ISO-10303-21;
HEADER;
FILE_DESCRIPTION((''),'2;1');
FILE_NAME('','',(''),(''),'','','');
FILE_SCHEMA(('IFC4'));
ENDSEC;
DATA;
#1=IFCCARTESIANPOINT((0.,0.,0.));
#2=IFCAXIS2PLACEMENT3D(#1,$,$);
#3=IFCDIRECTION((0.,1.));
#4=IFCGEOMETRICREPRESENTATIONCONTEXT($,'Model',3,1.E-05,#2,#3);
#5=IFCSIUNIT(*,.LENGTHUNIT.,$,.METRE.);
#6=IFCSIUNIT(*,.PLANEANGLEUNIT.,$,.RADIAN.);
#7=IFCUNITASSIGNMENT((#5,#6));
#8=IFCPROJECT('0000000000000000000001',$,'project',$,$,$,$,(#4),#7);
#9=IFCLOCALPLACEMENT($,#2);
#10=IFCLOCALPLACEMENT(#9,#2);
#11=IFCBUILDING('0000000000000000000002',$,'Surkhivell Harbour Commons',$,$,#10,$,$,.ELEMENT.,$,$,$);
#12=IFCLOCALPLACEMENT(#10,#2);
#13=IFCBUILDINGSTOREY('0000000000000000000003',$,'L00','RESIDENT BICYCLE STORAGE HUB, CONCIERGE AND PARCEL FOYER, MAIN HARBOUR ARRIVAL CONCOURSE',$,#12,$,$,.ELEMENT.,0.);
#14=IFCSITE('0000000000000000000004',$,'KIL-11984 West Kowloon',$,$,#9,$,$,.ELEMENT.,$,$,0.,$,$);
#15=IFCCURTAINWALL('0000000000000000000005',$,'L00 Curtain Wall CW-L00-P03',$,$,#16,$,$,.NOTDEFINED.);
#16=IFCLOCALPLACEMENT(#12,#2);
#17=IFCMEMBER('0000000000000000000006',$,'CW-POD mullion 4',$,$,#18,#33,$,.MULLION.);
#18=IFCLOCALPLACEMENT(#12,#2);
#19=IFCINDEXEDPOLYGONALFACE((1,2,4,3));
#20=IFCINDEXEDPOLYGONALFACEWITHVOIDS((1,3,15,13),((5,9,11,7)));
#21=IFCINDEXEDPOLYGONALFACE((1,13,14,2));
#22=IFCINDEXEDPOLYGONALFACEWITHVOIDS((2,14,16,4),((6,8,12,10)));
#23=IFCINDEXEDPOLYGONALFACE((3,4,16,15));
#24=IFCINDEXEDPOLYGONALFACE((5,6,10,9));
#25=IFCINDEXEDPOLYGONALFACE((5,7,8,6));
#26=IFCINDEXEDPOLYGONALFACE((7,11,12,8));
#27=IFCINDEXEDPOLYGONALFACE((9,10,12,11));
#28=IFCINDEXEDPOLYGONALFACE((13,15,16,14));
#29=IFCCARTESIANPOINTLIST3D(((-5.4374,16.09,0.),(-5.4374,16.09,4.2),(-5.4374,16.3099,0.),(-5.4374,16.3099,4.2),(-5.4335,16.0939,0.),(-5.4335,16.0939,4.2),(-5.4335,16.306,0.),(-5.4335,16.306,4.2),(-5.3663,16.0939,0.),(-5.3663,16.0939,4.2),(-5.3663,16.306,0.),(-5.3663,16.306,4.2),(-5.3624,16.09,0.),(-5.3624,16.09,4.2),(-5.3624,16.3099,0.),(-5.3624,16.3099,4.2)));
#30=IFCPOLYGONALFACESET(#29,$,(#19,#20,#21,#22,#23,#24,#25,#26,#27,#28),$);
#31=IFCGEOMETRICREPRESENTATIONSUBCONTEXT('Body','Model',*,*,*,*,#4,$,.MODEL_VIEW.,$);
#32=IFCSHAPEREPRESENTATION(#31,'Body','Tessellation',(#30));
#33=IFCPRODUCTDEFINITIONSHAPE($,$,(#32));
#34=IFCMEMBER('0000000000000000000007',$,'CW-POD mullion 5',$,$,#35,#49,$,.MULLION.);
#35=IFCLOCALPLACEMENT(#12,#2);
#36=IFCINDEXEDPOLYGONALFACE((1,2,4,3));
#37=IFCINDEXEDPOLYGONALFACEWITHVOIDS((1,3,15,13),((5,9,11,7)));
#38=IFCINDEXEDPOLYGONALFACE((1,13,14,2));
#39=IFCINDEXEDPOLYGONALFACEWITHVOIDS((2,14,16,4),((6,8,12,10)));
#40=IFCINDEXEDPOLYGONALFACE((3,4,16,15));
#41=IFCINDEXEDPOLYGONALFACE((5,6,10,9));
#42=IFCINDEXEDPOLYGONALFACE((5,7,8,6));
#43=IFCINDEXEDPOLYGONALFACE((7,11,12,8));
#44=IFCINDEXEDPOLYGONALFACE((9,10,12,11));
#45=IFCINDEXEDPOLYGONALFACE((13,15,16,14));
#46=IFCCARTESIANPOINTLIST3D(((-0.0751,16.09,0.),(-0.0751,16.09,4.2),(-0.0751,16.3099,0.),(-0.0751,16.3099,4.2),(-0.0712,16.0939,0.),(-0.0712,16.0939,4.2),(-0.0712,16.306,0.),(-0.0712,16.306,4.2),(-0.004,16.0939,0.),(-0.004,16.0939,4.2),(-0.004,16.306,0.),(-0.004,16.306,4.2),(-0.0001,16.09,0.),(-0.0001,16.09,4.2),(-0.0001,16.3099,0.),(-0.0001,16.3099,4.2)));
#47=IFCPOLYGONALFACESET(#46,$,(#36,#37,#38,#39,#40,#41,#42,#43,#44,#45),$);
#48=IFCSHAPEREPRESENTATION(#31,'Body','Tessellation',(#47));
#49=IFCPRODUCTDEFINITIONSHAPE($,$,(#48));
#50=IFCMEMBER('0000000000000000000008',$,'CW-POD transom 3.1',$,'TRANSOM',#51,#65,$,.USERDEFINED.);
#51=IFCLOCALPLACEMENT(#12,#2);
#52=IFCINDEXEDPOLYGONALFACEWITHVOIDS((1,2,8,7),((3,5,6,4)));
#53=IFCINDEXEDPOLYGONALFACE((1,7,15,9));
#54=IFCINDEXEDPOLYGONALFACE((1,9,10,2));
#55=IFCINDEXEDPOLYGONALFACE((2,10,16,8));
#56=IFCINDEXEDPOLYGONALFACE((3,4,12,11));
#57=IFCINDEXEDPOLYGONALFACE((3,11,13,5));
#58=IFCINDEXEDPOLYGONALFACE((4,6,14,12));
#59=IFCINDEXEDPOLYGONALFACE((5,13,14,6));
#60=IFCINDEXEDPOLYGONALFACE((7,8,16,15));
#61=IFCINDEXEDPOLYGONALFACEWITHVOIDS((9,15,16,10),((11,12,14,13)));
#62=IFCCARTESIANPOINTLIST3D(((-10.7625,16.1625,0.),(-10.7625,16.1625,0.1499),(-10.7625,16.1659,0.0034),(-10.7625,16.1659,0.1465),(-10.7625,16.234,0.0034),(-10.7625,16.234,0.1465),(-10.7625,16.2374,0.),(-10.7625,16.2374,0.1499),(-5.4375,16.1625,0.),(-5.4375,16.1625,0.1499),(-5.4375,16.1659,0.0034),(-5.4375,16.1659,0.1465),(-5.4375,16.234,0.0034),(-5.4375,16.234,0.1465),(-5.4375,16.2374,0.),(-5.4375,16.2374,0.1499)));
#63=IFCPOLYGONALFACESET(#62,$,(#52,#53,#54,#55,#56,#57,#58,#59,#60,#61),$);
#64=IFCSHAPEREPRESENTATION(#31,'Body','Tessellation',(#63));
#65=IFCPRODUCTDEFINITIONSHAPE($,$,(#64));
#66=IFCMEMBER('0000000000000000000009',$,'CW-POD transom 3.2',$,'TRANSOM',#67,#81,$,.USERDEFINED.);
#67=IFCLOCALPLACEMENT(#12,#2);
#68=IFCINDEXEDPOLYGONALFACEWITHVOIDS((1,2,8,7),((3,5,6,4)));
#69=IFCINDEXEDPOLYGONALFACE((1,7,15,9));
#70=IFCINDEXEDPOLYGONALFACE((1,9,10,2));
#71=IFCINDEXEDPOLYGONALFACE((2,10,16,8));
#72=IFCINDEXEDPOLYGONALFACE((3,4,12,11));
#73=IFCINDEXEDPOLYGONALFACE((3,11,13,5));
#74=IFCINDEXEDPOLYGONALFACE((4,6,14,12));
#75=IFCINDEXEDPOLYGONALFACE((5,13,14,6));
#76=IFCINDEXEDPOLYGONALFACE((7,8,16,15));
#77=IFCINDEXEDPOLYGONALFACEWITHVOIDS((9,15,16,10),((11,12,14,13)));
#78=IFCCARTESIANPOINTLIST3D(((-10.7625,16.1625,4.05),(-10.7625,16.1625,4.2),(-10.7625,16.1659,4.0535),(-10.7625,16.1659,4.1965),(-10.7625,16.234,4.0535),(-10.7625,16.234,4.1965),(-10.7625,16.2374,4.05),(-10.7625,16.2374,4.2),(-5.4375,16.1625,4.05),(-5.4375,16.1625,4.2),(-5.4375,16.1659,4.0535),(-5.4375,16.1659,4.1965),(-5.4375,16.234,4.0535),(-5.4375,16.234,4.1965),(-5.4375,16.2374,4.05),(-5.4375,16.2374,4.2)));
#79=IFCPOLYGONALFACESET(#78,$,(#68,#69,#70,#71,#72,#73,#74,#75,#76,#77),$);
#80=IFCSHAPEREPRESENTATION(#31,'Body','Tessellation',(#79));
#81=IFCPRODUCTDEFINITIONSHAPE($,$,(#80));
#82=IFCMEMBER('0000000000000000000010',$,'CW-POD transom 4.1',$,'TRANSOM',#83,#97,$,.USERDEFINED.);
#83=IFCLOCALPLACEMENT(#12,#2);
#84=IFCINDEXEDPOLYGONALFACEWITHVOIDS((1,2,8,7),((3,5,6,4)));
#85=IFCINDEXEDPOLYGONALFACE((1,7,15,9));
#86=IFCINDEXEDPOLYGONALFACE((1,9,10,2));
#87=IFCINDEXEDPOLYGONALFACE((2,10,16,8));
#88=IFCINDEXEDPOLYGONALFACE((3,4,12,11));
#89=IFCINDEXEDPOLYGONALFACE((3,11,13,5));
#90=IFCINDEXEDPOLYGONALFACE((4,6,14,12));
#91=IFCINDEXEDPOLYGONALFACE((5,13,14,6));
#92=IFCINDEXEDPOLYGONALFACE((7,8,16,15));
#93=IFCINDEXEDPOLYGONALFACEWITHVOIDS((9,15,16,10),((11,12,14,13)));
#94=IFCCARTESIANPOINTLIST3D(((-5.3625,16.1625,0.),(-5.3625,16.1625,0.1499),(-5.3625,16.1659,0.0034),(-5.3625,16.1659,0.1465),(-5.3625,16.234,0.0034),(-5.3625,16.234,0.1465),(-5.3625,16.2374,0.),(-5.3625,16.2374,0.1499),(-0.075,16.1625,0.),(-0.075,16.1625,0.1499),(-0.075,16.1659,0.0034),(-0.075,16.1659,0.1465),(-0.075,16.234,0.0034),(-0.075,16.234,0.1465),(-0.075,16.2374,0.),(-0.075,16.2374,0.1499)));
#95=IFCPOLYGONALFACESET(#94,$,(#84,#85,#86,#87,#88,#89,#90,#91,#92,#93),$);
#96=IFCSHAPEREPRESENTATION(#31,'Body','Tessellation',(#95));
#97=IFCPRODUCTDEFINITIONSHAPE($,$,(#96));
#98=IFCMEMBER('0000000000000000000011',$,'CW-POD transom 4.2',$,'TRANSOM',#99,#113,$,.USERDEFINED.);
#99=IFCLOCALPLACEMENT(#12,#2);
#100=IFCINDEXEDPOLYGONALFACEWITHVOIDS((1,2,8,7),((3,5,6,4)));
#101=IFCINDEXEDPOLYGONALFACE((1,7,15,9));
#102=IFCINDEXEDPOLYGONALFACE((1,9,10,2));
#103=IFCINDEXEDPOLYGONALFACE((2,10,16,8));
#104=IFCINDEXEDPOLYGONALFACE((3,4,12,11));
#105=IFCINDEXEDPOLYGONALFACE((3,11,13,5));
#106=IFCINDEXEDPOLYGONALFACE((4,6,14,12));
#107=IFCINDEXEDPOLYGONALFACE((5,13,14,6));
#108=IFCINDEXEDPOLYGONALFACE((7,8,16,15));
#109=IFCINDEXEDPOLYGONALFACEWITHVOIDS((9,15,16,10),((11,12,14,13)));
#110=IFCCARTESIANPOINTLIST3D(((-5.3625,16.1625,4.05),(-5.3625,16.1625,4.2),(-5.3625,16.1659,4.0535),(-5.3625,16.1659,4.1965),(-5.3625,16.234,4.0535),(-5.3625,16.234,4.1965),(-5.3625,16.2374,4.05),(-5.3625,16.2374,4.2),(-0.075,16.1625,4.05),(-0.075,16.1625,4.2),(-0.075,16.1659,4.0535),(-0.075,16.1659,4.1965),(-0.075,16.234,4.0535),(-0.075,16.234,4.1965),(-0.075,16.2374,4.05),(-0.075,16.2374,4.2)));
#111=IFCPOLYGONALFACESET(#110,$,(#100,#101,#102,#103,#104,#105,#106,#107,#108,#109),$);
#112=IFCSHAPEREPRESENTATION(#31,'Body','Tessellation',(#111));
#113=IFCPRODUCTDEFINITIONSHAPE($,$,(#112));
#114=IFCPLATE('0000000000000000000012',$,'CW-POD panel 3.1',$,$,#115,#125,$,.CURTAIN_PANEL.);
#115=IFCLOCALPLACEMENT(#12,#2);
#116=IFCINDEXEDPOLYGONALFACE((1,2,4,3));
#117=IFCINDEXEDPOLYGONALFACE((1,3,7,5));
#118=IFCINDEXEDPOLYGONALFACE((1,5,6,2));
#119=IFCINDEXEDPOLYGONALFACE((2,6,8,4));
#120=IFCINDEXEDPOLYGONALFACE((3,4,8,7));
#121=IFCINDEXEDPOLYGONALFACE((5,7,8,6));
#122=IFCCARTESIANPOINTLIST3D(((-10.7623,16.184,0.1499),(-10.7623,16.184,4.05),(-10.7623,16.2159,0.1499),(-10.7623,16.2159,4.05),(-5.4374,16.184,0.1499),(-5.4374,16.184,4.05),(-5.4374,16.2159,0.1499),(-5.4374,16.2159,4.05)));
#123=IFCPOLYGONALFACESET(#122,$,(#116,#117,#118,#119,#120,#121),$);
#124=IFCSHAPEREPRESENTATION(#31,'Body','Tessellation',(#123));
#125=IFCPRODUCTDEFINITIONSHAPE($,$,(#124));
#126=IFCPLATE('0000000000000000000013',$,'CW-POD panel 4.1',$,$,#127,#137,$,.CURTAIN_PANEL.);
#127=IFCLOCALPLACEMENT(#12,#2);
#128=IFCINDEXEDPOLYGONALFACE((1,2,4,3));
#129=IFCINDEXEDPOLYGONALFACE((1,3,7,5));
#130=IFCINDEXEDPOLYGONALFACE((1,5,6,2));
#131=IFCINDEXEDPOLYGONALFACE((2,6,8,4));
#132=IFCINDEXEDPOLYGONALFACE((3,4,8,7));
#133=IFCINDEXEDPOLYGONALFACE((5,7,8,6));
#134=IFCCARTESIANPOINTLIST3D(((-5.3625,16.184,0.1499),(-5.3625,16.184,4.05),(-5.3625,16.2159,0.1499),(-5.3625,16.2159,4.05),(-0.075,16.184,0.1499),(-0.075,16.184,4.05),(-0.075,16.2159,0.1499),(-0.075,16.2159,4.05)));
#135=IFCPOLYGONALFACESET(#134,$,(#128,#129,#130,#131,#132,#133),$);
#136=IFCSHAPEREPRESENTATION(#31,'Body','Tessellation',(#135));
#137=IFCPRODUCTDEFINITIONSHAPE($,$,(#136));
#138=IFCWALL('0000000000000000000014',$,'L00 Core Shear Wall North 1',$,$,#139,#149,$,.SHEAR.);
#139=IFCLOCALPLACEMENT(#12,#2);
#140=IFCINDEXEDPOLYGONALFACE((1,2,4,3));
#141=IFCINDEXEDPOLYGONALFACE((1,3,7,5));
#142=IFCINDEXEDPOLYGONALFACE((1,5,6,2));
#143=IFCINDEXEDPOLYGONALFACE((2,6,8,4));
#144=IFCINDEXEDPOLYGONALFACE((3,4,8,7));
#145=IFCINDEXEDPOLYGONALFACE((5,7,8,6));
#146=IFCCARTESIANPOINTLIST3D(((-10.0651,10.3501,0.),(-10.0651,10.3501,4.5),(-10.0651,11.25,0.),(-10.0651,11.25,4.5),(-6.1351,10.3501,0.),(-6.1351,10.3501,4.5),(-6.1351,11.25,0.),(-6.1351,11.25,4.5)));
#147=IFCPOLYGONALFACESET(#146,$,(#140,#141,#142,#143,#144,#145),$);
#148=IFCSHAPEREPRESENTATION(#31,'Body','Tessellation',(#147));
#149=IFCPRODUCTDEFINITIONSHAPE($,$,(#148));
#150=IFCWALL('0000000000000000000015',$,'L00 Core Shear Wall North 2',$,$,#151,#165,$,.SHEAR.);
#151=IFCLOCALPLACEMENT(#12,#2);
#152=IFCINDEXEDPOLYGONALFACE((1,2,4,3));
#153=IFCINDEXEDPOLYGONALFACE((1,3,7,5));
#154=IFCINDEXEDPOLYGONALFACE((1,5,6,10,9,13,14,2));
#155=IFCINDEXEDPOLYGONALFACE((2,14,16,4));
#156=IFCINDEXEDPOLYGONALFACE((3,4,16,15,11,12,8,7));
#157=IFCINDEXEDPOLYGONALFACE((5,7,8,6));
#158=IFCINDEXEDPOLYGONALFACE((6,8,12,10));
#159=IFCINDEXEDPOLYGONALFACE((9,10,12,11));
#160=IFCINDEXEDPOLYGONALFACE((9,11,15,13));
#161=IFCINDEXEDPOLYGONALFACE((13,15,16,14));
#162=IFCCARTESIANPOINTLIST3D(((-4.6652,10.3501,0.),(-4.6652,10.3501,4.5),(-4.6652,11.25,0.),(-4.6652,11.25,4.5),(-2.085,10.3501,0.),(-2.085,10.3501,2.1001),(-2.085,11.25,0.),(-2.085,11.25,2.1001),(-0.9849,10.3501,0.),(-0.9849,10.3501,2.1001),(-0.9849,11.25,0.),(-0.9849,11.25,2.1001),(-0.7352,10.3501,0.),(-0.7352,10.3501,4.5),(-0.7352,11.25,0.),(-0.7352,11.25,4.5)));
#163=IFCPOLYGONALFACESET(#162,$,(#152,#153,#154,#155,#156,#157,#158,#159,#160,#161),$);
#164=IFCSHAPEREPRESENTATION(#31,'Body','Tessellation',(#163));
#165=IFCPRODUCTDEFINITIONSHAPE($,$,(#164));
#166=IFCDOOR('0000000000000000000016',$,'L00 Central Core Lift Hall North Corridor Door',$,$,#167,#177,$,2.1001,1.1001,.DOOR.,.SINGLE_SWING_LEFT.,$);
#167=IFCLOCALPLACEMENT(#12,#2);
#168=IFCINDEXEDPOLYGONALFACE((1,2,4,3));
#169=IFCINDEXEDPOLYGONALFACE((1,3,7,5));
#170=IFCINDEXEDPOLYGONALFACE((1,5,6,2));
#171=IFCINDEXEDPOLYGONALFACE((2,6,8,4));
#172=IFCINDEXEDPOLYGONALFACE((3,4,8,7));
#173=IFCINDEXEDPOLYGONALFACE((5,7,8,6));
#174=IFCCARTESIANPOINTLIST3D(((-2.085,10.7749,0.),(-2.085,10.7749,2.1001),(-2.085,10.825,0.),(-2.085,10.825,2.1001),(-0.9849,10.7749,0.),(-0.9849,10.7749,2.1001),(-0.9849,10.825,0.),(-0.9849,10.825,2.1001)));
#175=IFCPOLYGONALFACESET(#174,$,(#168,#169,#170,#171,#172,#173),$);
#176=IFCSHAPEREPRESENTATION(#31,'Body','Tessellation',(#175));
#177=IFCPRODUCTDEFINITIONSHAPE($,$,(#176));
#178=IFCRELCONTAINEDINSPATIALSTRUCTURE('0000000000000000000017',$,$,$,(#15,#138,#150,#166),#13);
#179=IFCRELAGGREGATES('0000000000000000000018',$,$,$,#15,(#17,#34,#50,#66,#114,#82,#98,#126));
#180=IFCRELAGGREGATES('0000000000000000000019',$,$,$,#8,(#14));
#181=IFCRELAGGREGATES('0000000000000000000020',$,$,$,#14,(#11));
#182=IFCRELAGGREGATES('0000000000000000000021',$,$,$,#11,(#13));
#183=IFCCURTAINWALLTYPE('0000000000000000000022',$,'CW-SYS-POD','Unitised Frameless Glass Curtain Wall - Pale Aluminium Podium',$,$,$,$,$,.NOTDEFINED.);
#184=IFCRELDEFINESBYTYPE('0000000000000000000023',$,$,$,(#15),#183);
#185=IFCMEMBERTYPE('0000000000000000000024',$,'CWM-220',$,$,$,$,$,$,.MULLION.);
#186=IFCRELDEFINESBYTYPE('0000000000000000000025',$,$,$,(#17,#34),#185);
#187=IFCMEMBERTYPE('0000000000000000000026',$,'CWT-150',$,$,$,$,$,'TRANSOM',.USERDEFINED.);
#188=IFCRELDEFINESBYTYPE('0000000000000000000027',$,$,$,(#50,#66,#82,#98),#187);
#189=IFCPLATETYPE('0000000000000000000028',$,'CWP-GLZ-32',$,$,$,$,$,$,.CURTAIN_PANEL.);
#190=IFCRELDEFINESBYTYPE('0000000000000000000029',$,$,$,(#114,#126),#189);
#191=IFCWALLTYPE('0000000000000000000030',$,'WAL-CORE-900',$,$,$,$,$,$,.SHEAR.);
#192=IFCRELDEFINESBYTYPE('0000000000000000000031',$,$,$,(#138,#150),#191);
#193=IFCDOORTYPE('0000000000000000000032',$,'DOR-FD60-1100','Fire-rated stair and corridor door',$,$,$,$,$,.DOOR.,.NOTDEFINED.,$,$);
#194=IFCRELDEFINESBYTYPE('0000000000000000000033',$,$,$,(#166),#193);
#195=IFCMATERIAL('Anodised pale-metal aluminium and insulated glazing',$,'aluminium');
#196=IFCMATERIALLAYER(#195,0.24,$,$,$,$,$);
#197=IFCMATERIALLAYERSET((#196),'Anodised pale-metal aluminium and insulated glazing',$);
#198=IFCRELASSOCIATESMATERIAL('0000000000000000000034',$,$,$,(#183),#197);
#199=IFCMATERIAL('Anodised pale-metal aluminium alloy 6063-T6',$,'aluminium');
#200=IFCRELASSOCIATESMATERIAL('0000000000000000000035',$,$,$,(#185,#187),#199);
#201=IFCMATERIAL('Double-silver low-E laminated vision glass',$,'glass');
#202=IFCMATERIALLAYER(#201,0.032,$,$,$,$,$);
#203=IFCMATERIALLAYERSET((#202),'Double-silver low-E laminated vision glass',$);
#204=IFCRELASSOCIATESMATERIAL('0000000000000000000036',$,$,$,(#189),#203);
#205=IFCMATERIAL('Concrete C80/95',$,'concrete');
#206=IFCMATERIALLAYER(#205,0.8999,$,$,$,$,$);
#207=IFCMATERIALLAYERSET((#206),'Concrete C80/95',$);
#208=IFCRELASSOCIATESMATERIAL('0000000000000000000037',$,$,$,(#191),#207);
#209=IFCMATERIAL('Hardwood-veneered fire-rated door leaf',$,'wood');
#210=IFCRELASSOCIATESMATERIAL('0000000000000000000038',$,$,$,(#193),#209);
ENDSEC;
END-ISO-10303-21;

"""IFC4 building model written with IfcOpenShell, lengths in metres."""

from ifc_helpers import new_model, si_unit, direction, frame, frame_2d, origin, origin_2d, place, context, subcontext, project, spatial, rectangle, hollow_rectangle, extrude, material, layer, layer_set, material_profile, profile_set, type_object, element, fill, aggregate, save


model = new_model("IFC4")

# Units and contexts
model_context = context("Model", 3, precision=1e-05, world=origin(), true_north=direction((0.0, 1.0)))
body_context = subcontext(model_context, "Body", "Model", "MODEL_VIEW")
ifc_project = project(units=[si_unit("LENGTHUNIT", "METRE"), si_unit("PLANEANGLEUNIT", "RADIAN")], contexts=[model_context])

# Site, building, storey
site_placement = place(None, origin())
site = spatial("IfcSite", under=ifc_project, at=site_placement, Name="KIL-11984 West Kowloon", CompositionType="ELEMENT", RefElevation=0.0)
building_placement = place(site_placement, origin())
building = spatial("IfcBuilding", under=site, at=building_placement, Name="Surkhivell Harbour Commons", CompositionType="ELEMENT")
storey_placement = place(building_placement, origin())
storey = spatial("IfcBuildingStorey", under=building, at=storey_placement, Name="L00", Description="RESIDENT BICYCLE STORAGE HUB, CONCIERGE AND PARCEL FOYER, MAIN HARBOUR ARRIVAL CONCOURSE", CompositionType="ELEMENT", Elevation=0.0)

# Shared definitions
ifc_material_1 = material(Name="Concrete C80/95", Category="concrete")

# Curtain wall, members, plates
ifc_material_2 = material(Name="Anodised pale-metal aluminium and insulated glazing", Category="aluminium")
ifc_layer_1 = layer(ifc_material_2, 0.24)
ifc_layer_set_1 = layer_set([ifc_layer_1], Name="Anodised pale-metal aluminium and insulated glazing")
curtain_wall_type = type_object("IfcCurtainWallType", Name="CW-SYS-POD", Description="Unitised Frameless Glass Curtain Wall - Pale Aluminium Podium", PredefinedType="NOTDEFINED", material=ifc_layer_set_1)
curtain_wall_placement = place(storey_placement, origin())
curtain_wall = element("IfcCurtainWall", 1, at=curtain_wall_placement, inside=storey, type_object=curtain_wall_type, Name="L00 Curtain Wall CW-L00-P03", PredefinedType="NOTDEFINED")
ifc_material_3 = material(Name="Anodised pale-metal aluminium alloy 6063-T6", Category="aluminium")
ifc_material_profile_1 = material_profile(ifc_material_3, hollow_rectangle(XDim=0.075, YDim=0.22, WallThickness=0.0039, at=origin_2d()), Name="ALU-MULL-75x220")
ifc_profile_set_1 = profile_set([ifc_material_profile_1], Name="Anodised pale-metal aluminium alloy 6063-T6")
member_type_1 = type_object("IfcMemberType", Name="CWM-220", PredefinedType="MULLION", material=ifc_profile_set_1)
member_1_placement = place(storey_placement, frame((-5.3999, 16.2, 0.0), z_axis=(0.0, 0.0, 1.0), x_axis=(1.0, 0.0, 0.0)))
member_1 = element("IfcMember", 2, at=member_1_placement, type_object=member_type_1, Name="CW-POD mullion 4", PredefinedType="MULLION", context=body_context, shape_type="SweptSolid", body=[
    extrude(hollow_rectangle(XDim=0.075, YDim=0.22, WallThickness=0.0039, at=origin_2d()), origin(), (0.0, 0.0, 1.0), 4.2),
])
member_2_placement = place(storey_placement, frame((-0.0376, 16.2, 0.0), z_axis=(0.0, 0.0, 1.0), x_axis=(1.0, 0.0, 0.0)))
member_2 = element("IfcMember", 3, at=member_2_placement, type_object=member_type_1, Name="CW-POD mullion 5", PredefinedType="MULLION", context=body_context, shape_type="SweptSolid", body=[
    extrude(hollow_rectangle(XDim=0.075, YDim=0.22, WallThickness=0.0039, at=origin_2d()), origin(), (0.0, 0.0, 1.0), 4.2),
])
ifc_material_profile_2 = material_profile(ifc_material_3, hollow_rectangle(XDim=0.075, YDim=0.1499, WallThickness=0.0034, at=origin_2d()), Name="ALU-TRAN-75x150")
ifc_profile_set_2 = profile_set([ifc_material_profile_2], Name="Anodised pale-metal aluminium alloy 6063-T6")
member_type_2 = type_object("IfcMemberType", Name="CWT-150", ElementType="TRANSOM", PredefinedType="USERDEFINED", material=ifc_profile_set_2)
member_3_placement = place(storey_placement, frame((-10.7625, 16.2, 0.075), z_axis=(1.0, 0.0, 0.0), x_axis=(0.0, 1.0, 0.0)))
member_3 = element("IfcMember", 4, at=member_3_placement, type_object=member_type_2, Name="CW-POD transom 3.1", ObjectType="TRANSOM", PredefinedType="USERDEFINED", context=body_context, shape_type="SweptSolid", body=[
    extrude(hollow_rectangle(XDim=0.075, YDim=0.1499, WallThickness=0.0034, at=origin_2d()), origin(), (0.0, 0.0, 1.0), 5.325),
])
member_4_placement = place(storey_placement, frame((-10.7625, 16.2, 4.125), z_axis=(1.0, 0.0, 0.0), x_axis=(0.0, 1.0, 0.0)))
member_4 = element("IfcMember", 5, at=member_4_placement, type_object=member_type_2, Name="CW-POD transom 3.2", ObjectType="TRANSOM", PredefinedType="USERDEFINED", context=body_context, shape_type="SweptSolid", body=[
    extrude(hollow_rectangle(XDim=0.075, YDim=0.1499, WallThickness=0.0034, at=origin_2d()), origin(), (0.0, 0.0, 1.0), 5.325),
])
member_5_placement = place(storey_placement, frame((-5.3625, 16.2, 0.075), z_axis=(1.0, 0.0, 0.0), x_axis=(0.0, 1.0, 0.0)))
member_5 = element("IfcMember", 6, at=member_5_placement, type_object=member_type_2, Name="CW-POD transom 4.1", ObjectType="TRANSOM", PredefinedType="USERDEFINED", context=body_context, shape_type="SweptSolid", body=[
    extrude(hollow_rectangle(XDim=0.075, YDim=0.1499, WallThickness=0.0034, at=origin_2d()), origin(), (0.0, 0.0, 1.0), 5.2876),
])
member_6_placement = place(storey_placement, frame((-5.3625, 16.2, 4.125), z_axis=(1.0, 0.0, 0.0), x_axis=(0.0, 1.0, 0.0)))
member_6 = element("IfcMember", 7, at=member_6_placement, type_object=member_type_2, Name="CW-POD transom 4.2", ObjectType="TRANSOM", PredefinedType="USERDEFINED", context=body_context, shape_type="SweptSolid", body=[
    extrude(hollow_rectangle(XDim=0.075, YDim=0.1499, WallThickness=0.0034, at=origin_2d()), origin(), (0.0, 0.0, 1.0), 5.2876),
])
ifc_material_4 = material(Name="Double-silver low-E laminated vision glass", Category="glass")
ifc_layer_2 = layer(ifc_material_4, 0.032)
ifc_layer_set_2 = layer_set([ifc_layer_2], Name="Double-silver low-E laminated vision glass")
plate_type = type_object("IfcPlateType", Name="CWP-GLZ-32", PredefinedType="CURTAIN_PANEL", material=ifc_layer_set_2)
plate_1_placement = place(storey_placement, frame((-10.7625, 16.2, 0.1499), z_axis=(0.0, 0.0, 1.0), x_axis=(1.0, 0.0, 0.0)))
plate_1 = element("IfcPlate", 8, at=plate_1_placement, type_object=plate_type, Name="CW-POD panel 3.1", PredefinedType="CURTAIN_PANEL", context=body_context, shape_type="SweptSolid", body=[
    extrude(rectangle(XDim=5.325, YDim=0.032, at=frame_2d((2.6626, 0.0))), origin(), (0.0, 0.0, 1.0), 3.9001),
])
plate_2_placement = place(storey_placement, frame((-5.3625, 16.2, 0.1499), z_axis=(0.0, 0.0, 1.0), x_axis=(1.0, 0.0, 0.0)))
plate_2 = element("IfcPlate", 9, at=plate_2_placement, type_object=plate_type, Name="CW-POD panel 4.1", PredefinedType="CURTAIN_PANEL", context=body_context, shape_type="SweptSolid", body=[
    extrude(rectangle(XDim=5.2876, YDim=0.032, at=frame_2d((2.6438, 0.0))), origin(), (0.0, 0.0, 1.0), 3.9001),
])
aggregate(curtain_wall, [member_1, member_2, member_3, member_4, plate_1, member_5, member_6, plate_2])

# Wall
ifc_layer_3 = layer(ifc_material_1, 0.8999)
ifc_layer_set_3 = layer_set([ifc_layer_3], Name="Concrete C80/95")
wall_type_1 = type_object("IfcWallType", Name="WAL-CORE-900", PredefinedType="SHEAR", material=ifc_layer_set_3)
wall_1_placement = place(storey_placement, frame((-10.0649, 10.8, 0.0), z_axis=(0.0, 0.0, 1.0), x_axis=(1.0, 0.0, 0.0)))
element("IfcWall", 10, at=wall_1_placement, inside=storey, type_object=wall_type_1, Name="L00 Core Shear Wall North 1", PredefinedType="SHEAR", context=body_context, shape_type="SweptSolid", body=[
    extrude(rectangle(XDim=3.9299, YDim=0.8999, at=frame_2d((1.9648, 0.0))), origin(), (0.0, 0.0, 1.0), 4.5),
])

# Wall, opening, door
wall_2_placement = place(storey_placement, frame((-4.665, 10.8, 0.0), z_axis=(0.0, 0.0, 1.0), x_axis=(1.0, 0.0, 0.0)))
wall_2 = element("IfcWall", 11, at=wall_2_placement, inside=storey, type_object=wall_type_1, Name="L00 Core Shear Wall North 2", PredefinedType="SHEAR", context=body_context, shape_type="SweptSolid", body=[
    extrude(rectangle(XDim=3.9299, YDim=0.8999, at=frame_2d((1.9648, 0.0))), origin(), (0.0, 0.0, 1.0), 4.5),
])
opening_1_placement = place(wall_2_placement, frame((2.5801, 0.0, 0.0)))
opening_1 = element("IfcOpeningElement", 12, at=opening_1_placement, cuts=wall_2, PredefinedType="OPENING", context=body_context, shape_type="SweptSolid", body=[
    extrude(rectangle(XDim=1.1001, YDim=2.1001, at=frame_2d((0.55, 1.05))), frame((0.0, 0.46, 0.0), z_axis=(0.0, -1.0, 0.0), x_axis=(1.0, 0.0, 0.0)), (0.0, 0.0, 1.0), 0.9199),
])
ifc_material_5 = material(Name="Hardwood-veneered fire-rated door leaf", Category="wood")
door_type_1 = type_object("IfcDoorType", Name="DOR-FD60-1100", Description="Fire-rated stair and corridor door", OperationType="NOTDEFINED", PredefinedType="DOOR", material=ifc_material_5)
door_1_placement = place(opening_1_placement, origin())
door_1 = element("IfcDoor", 13, at=door_1_placement, inside=storey, type_object=door_type_1, Name="L00 Central Core Lift Hall North Corridor Door", OperationType="SINGLE_SWING_LEFT", OverallHeight=2.1001, OverallWidth=1.1001, PredefinedType="DOOR", context=body_context, shape_type="SweptSolid", body=[
    extrude(rectangle(XDim=1.1001, YDim=2.1001, at=frame_2d((0.55, 1.05))), frame((0.0, 0.0249, 0.0), z_axis=(0.0, -1.0, 0.0), x_axis=(1.0, 0.0, 0.0)), (0.0, 0.0, 1.0), 0.05),
])
fill(opening_1, door_1)

save(model, "model.ifc")
